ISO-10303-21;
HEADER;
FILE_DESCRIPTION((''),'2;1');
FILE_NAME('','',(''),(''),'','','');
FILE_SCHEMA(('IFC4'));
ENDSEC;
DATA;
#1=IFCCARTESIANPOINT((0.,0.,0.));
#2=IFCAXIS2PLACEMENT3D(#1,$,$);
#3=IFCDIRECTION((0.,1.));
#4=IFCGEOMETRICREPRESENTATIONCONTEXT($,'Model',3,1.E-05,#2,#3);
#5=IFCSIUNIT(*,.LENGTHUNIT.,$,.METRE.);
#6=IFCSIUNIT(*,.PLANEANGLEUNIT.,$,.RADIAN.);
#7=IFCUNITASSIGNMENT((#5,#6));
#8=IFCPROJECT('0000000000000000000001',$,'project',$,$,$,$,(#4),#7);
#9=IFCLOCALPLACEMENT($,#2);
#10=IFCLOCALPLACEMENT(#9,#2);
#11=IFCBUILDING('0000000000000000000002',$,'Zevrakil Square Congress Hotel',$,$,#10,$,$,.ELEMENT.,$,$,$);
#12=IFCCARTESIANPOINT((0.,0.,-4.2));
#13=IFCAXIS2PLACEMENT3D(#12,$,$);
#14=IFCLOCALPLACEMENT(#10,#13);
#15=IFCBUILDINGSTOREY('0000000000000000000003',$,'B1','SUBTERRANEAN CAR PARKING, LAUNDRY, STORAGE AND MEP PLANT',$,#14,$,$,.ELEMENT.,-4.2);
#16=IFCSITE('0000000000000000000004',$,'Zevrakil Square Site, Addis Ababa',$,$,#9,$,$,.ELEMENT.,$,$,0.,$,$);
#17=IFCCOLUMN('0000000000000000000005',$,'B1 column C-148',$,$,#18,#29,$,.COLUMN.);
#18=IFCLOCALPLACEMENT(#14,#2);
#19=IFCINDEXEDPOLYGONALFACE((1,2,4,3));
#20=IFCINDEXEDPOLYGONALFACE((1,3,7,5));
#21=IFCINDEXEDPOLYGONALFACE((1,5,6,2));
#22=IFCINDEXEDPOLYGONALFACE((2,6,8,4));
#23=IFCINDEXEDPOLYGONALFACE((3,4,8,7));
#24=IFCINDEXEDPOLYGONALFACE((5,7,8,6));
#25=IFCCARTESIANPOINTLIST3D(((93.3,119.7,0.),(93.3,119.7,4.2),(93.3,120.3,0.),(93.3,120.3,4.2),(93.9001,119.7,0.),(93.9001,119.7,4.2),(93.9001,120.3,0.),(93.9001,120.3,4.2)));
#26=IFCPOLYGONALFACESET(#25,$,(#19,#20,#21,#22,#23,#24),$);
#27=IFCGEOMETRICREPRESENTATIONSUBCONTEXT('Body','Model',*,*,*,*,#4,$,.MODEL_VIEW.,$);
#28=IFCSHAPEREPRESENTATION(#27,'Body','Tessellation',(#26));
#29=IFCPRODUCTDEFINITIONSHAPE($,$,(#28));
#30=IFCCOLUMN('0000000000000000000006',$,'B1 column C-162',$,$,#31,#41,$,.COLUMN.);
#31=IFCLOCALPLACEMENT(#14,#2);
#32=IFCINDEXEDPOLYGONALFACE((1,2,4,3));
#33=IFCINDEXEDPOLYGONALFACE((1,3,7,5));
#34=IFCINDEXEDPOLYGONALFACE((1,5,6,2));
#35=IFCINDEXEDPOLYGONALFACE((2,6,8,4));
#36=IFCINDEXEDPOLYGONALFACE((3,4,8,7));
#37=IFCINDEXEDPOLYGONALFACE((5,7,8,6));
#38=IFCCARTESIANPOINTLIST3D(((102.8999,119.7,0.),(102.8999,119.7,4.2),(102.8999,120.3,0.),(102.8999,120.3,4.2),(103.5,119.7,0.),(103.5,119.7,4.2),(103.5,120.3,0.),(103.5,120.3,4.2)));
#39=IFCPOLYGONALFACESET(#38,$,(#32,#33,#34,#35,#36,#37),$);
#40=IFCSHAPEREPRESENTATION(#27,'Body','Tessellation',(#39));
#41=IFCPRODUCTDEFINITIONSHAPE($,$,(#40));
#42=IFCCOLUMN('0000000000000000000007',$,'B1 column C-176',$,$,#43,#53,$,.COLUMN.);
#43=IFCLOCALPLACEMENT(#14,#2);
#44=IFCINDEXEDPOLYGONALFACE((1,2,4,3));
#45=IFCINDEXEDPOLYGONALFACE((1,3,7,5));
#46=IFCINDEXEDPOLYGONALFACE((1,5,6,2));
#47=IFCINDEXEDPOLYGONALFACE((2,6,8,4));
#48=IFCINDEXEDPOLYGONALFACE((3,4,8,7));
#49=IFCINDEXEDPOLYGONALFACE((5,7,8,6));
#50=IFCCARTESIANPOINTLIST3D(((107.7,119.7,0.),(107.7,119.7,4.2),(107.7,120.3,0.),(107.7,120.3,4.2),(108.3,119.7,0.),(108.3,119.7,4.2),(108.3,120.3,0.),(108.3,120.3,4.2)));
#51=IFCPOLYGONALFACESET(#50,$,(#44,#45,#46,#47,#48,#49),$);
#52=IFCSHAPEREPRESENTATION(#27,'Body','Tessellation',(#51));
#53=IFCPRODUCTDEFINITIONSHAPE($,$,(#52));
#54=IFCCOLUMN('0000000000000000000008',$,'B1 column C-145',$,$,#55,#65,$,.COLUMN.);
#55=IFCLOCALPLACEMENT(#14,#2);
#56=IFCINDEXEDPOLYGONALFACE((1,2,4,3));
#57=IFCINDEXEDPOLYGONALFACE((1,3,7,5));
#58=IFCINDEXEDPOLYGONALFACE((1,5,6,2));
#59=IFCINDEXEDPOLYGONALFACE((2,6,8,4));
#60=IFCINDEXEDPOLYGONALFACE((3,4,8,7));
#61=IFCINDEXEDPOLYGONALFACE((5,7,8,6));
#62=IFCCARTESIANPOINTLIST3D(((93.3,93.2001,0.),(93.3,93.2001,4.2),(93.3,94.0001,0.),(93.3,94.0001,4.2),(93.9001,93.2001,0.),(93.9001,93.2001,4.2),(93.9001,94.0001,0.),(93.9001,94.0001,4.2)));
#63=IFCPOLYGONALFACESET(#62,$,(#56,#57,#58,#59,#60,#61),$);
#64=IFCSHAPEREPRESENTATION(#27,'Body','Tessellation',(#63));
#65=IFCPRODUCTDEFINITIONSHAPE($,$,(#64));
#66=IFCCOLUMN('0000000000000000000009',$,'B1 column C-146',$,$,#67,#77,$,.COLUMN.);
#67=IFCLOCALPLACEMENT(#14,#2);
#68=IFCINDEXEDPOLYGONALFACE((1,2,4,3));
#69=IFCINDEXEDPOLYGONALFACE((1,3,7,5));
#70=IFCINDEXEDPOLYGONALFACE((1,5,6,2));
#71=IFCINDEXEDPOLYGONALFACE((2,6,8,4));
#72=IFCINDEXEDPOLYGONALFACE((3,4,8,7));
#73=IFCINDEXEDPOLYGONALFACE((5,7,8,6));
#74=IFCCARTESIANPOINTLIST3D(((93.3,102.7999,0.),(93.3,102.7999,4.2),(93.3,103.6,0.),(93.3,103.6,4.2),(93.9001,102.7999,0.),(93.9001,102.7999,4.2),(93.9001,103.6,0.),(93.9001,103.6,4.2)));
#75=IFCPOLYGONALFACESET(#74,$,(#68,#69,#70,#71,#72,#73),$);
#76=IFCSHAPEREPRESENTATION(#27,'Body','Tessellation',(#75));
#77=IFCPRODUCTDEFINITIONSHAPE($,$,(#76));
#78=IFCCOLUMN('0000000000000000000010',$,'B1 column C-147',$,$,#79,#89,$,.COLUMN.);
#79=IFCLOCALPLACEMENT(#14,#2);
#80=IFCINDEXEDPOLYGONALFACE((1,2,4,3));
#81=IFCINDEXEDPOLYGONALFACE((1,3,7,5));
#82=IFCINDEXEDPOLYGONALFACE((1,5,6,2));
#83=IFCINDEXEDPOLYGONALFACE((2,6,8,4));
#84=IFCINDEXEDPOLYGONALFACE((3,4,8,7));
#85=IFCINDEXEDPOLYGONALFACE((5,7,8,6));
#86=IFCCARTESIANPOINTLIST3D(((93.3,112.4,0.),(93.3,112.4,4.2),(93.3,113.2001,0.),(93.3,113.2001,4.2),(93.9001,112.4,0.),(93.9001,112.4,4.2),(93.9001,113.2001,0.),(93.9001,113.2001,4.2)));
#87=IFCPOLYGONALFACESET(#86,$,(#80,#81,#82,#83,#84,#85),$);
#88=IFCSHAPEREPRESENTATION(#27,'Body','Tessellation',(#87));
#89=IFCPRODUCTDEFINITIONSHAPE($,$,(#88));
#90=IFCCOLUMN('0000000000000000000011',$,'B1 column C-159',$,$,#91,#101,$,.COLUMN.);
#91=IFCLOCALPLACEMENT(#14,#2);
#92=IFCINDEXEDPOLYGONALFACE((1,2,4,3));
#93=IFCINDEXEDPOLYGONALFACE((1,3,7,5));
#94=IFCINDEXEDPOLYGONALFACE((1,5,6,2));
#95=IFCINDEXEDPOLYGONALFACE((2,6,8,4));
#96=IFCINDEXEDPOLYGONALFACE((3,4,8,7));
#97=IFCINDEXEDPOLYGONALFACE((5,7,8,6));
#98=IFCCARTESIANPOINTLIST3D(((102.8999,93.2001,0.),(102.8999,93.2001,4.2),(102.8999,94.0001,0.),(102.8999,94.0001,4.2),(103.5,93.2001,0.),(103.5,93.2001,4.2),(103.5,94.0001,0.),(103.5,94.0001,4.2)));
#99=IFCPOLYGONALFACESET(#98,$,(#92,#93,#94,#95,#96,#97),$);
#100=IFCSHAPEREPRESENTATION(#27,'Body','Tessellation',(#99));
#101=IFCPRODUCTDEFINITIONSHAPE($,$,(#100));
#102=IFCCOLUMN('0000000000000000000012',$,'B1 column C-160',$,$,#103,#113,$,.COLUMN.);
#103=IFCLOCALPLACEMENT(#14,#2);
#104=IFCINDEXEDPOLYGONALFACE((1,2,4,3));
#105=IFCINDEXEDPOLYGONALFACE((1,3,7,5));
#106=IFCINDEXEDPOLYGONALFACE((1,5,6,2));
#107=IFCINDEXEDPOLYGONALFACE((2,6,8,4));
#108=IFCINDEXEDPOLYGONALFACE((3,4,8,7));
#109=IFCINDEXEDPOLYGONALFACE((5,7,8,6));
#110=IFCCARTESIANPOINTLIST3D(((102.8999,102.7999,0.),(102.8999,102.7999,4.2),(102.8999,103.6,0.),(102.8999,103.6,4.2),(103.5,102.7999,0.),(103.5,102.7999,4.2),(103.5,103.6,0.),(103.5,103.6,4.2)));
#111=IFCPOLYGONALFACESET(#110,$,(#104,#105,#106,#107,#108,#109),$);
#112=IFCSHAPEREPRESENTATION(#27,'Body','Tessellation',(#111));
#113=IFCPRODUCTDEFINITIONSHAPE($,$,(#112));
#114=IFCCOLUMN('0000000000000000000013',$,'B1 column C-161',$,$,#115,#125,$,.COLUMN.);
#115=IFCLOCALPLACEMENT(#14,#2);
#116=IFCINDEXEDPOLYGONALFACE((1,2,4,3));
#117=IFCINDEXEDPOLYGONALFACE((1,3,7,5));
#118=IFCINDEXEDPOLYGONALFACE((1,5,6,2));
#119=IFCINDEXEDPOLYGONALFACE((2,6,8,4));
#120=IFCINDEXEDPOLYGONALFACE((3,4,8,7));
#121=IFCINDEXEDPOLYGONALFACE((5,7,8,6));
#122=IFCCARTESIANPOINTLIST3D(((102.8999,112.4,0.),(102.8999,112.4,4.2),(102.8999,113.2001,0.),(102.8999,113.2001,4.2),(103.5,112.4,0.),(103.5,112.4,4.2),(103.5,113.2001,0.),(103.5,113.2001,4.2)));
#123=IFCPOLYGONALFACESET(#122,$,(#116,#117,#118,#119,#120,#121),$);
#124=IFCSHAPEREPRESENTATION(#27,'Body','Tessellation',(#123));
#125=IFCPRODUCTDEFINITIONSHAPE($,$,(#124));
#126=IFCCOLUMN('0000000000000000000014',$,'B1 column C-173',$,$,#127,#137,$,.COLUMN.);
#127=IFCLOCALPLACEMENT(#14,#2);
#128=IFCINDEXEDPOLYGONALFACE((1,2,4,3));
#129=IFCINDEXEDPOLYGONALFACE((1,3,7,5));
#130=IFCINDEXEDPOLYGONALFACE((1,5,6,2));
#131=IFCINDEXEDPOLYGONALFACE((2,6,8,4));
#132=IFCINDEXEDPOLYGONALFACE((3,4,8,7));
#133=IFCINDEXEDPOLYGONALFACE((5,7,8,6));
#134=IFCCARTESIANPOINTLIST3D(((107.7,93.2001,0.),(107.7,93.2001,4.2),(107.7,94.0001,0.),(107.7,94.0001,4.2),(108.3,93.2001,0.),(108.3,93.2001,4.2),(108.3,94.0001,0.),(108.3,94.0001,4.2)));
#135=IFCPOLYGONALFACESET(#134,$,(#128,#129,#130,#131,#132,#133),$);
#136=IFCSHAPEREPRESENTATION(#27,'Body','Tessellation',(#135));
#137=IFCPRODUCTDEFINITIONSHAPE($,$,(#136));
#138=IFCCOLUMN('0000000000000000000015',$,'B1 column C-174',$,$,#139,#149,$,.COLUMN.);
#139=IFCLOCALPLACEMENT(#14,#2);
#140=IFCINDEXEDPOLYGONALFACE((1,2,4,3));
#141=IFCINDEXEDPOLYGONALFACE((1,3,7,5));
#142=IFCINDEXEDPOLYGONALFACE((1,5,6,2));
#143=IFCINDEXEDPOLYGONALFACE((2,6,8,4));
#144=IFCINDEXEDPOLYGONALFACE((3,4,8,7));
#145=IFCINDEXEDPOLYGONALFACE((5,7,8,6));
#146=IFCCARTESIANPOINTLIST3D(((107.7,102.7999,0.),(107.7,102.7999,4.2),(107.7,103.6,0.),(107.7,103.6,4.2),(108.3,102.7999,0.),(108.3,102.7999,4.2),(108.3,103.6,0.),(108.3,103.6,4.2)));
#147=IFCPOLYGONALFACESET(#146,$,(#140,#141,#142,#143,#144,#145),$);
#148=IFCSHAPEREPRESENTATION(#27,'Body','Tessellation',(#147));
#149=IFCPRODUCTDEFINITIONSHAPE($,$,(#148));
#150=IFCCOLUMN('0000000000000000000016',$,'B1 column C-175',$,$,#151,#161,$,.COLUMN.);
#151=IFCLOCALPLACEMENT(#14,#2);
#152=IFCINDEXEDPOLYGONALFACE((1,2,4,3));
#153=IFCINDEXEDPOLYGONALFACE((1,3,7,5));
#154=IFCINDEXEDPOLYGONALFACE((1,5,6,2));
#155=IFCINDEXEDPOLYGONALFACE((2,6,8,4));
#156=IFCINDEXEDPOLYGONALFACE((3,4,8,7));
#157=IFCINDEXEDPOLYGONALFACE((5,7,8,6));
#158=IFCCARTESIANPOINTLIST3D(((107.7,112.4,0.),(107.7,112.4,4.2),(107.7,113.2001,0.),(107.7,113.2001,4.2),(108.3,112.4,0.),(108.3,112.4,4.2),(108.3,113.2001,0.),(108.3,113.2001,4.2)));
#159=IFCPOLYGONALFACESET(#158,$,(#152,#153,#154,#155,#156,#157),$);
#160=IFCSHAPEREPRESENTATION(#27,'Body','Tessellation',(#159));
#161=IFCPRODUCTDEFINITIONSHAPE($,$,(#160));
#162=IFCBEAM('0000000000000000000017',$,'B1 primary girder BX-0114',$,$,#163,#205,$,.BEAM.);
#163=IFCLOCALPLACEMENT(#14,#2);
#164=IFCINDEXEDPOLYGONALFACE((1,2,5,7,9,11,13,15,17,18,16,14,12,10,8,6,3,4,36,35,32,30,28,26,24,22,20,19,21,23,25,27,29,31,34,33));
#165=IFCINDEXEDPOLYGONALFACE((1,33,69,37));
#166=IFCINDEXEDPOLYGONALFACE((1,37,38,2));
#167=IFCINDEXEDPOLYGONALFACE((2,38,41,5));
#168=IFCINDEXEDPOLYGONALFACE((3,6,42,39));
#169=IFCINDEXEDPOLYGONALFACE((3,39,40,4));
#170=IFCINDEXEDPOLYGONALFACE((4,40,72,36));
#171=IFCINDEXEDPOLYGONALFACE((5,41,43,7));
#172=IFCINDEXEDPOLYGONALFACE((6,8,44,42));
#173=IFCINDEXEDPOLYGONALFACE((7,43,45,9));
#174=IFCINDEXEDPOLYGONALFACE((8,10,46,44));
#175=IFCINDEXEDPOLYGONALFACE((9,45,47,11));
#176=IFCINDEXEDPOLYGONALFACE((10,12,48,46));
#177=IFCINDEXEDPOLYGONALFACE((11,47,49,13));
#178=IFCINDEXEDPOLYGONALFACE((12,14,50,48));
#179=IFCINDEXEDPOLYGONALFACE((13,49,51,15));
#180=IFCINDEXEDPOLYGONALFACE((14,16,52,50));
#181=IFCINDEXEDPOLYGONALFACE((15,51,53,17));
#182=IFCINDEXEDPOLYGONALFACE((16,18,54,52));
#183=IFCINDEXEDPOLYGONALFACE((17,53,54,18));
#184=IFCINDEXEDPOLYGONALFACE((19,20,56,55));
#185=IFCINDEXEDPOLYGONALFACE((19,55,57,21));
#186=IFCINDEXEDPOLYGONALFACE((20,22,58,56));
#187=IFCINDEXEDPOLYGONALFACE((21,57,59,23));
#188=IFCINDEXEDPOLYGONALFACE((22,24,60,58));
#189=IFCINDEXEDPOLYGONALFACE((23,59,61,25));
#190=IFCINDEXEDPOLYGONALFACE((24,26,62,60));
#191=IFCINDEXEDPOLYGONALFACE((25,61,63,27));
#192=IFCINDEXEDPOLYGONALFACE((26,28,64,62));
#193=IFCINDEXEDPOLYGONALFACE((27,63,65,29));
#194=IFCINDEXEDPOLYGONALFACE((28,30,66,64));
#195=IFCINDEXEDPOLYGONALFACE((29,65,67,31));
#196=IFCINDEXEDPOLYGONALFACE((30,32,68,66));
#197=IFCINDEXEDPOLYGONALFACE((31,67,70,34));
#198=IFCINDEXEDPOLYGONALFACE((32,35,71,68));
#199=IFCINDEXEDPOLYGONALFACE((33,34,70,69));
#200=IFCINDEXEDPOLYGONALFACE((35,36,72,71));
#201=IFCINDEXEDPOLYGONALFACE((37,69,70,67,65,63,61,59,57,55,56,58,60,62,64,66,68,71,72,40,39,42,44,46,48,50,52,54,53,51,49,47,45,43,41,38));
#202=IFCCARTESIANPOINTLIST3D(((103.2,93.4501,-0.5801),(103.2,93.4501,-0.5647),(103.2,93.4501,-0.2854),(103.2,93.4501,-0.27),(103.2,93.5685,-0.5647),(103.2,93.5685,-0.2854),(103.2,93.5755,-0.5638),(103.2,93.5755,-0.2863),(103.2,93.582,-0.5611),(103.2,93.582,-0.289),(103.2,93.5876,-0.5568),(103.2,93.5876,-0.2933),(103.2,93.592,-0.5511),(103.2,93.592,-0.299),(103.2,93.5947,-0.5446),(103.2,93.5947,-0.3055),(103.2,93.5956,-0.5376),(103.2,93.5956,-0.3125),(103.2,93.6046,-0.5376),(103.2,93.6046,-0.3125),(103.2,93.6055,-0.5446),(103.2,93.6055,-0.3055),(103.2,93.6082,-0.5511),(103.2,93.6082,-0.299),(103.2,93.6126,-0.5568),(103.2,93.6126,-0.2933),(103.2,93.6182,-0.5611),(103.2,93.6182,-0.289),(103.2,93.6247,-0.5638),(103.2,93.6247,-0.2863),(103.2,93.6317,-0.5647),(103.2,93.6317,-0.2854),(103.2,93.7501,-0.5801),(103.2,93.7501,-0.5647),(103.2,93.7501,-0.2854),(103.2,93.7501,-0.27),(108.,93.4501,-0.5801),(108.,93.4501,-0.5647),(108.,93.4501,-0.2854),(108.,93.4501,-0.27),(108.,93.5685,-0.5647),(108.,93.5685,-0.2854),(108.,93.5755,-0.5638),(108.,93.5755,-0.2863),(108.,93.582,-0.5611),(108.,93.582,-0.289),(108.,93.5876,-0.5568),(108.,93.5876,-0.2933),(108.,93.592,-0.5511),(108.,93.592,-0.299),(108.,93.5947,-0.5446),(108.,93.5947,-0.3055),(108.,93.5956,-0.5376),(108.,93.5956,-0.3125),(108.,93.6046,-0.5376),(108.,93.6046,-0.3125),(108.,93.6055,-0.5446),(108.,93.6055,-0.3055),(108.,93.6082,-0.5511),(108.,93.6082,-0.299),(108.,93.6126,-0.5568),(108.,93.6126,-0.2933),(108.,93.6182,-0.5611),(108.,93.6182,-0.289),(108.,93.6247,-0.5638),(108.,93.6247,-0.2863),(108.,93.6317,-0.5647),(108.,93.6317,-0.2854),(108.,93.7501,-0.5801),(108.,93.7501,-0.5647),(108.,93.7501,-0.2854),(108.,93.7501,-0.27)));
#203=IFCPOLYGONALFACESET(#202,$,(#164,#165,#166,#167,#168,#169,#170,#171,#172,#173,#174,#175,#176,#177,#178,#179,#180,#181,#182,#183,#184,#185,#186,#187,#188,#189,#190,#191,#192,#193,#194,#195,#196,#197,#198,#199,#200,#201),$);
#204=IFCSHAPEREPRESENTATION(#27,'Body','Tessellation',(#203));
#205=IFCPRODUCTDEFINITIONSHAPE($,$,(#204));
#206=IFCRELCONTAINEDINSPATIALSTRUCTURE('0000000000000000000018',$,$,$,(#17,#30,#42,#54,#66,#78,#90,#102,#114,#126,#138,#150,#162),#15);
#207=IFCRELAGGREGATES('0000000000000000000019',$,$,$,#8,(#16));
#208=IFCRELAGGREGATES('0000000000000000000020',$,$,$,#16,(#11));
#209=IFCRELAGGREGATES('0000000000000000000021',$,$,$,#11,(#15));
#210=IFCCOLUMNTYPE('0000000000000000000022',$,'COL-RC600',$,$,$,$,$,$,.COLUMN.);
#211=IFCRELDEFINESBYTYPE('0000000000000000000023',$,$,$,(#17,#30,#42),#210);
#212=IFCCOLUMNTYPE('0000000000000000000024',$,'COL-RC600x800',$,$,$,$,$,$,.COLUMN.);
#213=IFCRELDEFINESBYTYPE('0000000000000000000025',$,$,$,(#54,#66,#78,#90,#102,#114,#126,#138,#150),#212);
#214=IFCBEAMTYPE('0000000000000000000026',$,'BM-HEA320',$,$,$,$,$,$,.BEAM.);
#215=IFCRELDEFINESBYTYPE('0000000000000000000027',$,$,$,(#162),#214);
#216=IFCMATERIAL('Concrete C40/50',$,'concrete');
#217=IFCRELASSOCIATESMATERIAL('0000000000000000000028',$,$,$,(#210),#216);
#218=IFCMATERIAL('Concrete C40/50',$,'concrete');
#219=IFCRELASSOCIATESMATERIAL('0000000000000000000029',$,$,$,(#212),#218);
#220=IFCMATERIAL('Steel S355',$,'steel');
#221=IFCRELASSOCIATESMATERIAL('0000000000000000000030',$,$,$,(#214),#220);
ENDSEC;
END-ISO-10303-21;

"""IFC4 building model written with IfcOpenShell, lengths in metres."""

from ifc_helpers import new_model, si_unit, direction, frame, origin, origin_2d, place, context, subcontext, project, spatial, rectangle, i_section, extrude, material, material_profile, profile_set, type_object, element, save


model = new_model("IFC4")

# Units and contexts
model_context = context("Model", 3, precision=1e-05, world=origin(), true_north=direction((0.0, 1.0)))
body_context = subcontext(model_context, "Body", "Model", "MODEL_VIEW")
ifc_project = project(units=[si_unit("LENGTHUNIT", "METRE"), si_unit("PLANEANGLEUNIT", "RADIAN")], contexts=[model_context])

# Site, building, storey
site_placement = place(None, origin())
site = spatial("IfcSite", under=ifc_project, at=site_placement, Name="Zevrakil Square Site, Addis Ababa", CompositionType="ELEMENT", RefElevation=0.0)
building_placement = place(site_placement, origin())
building = spatial("IfcBuilding", under=site, at=building_placement, Name="Zevrakil Square Congress Hotel", CompositionType="ELEMENT")
storey_placement = place(building_placement, frame((0.0, 0.0, -4.2)))
storey = spatial("IfcBuildingStorey", under=building, at=storey_placement, Name="B1", Description="SUBTERRANEAN CAR PARKING, LAUNDRY, STORAGE AND MEP PLANT", CompositionType="ELEMENT", Elevation=-4.2)

# Columns
ifc_material_1 = material(Name="Concrete C40/50", Category="concrete")
ifc_material_profile_1 = material_profile(ifc_material_1, rectangle(XDim=0.6001, YDim=0.6001, at=origin_2d()), Name="RC 600x600")
ifc_profile_set_1 = profile_set([ifc_material_profile_1], Name="Concrete C40/50")
column_type_1 = type_object("IfcColumnType", Name="COL-RC600", PredefinedType="COLUMN", material=ifc_profile_set_1)
for number, where, z_axis, x_axis, name in (
    (1, (93.6001, 120.0, 0.0), (0.0, 0.0, 1.0), (1.0, 0.0, 0.0), "B1 column C-148"),
    (2, (103.2, 120.0, 0.0), (0.0, 0.0, 1.0), (1.0, 0.0, 0.0), "B1 column C-162"),
    (3, (108.0, 120.0, 0.0), (0.0, 0.0, 1.0), (1.0, 0.0, 0.0), "B1 column C-176"),
):
    element("IfcColumn", number, at=place(storey_placement, frame(where, z_axis=z_axis, x_axis=x_axis)), inside=storey, type_object=column_type_1, Name=name, PredefinedType="COLUMN", context=body_context, shape_type="SweptSolid", body=[
        extrude(rectangle(XDim=0.6001, YDim=0.6001, at=origin_2d()), origin(), (0.0, 0.0, 1.0), 4.2),
    ])
ifc_material_2 = material(Name="Concrete C40/50", Category="concrete")
ifc_material_profile_2 = material_profile(ifc_material_2, rectangle(XDim=0.6001, YDim=0.8, at=origin_2d()), Name="RC 600x800")
ifc_profile_set_2 = profile_set([ifc_material_profile_2], Name="Concrete C40/50")
column_type_2 = type_object("IfcColumnType", Name="COL-RC600x800", PredefinedType="COLUMN", material=ifc_profile_set_2)
for number, where, z_axis, x_axis, name in (
    (4, (93.6001, 93.6001, 0.0), (0.0, 0.0, 1.0), (1.0, 0.0, 0.0), "B1 column C-145"),
    (5, (93.6001, 103.2, 0.0), (0.0, 0.0, 1.0), (1.0, 0.0, 0.0), "B1 column C-146"),
    (6, (93.6001, 112.8, 0.0), (0.0, 0.0, 1.0), (1.0, 0.0, 0.0), "B1 column C-147"),
    (7, (103.2, 93.6001, 0.0), (0.0, 0.0, 1.0), (1.0, 0.0, 0.0), "B1 column C-159"),
    (8, (103.2, 103.2, 0.0), (0.0, 0.0, 1.0), (1.0, 0.0, 0.0), "B1 column C-160"),
    (9, (103.2, 112.8, 0.0), (0.0, 0.0, 1.0), (1.0, 0.0, 0.0), "B1 column C-161"),
    (10, (108.0, 93.6001, 0.0), (0.0, 0.0, 1.0), (1.0, 0.0, 0.0), "B1 column C-173"),
    (11, (108.0, 103.2, 0.0), (0.0, 0.0, 1.0), (1.0, 0.0, 0.0), "B1 column C-174"),
    (12, (108.0, 112.8, 0.0), (0.0, 0.0, 1.0), (1.0, 0.0, 0.0), "B1 column C-175"),
):
    element("IfcColumn", number, at=place(storey_placement, frame(where, z_axis=z_axis, x_axis=x_axis)), inside=storey, type_object=column_type_2, Name=name, PredefinedType="COLUMN", context=body_context, shape_type="SweptSolid", body=[
        extrude(rectangle(XDim=0.6001, YDim=0.8, at=origin_2d()), origin(), (0.0, 0.0, 1.0), 4.2),
    ])

# Beam
ifc_material_3 = material(Name="Steel S355", Category="steel")
ifc_material_profile_3 = material_profile(ifc_material_3, i_section(OverallWidth=0.3, OverallDepth=0.3101, WebThickness=0.009, FlangeThickness=0.0154, FilletRadius=0.0271, at=origin_2d()), Name="HEA 320")
ifc_profile_set_3 = profile_set([ifc_material_profile_3], Name="Steel S355")
beam_type_1 = type_object("IfcBeamType", Name="BM-HEA320", PredefinedType="BEAM", material=ifc_profile_set_3)
for number, where, z_axis, x_axis, name in (
    (13, (103.2, 93.6001, -0.425), (1.0, 0.0, 0.0), (0.0, 1.0, 0.0), "B1 primary girder BX-0114"),
):
    element("IfcBeam", number, at=place(storey_placement, frame(where, z_axis=z_axis, x_axis=x_axis)), inside=storey, type_object=beam_type_1, Name=name, PredefinedType="BEAM", context=body_context, shape_type="SweptSolid", body=[
        extrude(i_section(OverallWidth=0.3, OverallDepth=0.3101, WebThickness=0.009, FlangeThickness=0.0154, FilletRadius=0.0271, at=origin_2d()), origin(), (0.0, 0.0, 1.0), 4.8),
    ])

save(model, "model.ifc")
